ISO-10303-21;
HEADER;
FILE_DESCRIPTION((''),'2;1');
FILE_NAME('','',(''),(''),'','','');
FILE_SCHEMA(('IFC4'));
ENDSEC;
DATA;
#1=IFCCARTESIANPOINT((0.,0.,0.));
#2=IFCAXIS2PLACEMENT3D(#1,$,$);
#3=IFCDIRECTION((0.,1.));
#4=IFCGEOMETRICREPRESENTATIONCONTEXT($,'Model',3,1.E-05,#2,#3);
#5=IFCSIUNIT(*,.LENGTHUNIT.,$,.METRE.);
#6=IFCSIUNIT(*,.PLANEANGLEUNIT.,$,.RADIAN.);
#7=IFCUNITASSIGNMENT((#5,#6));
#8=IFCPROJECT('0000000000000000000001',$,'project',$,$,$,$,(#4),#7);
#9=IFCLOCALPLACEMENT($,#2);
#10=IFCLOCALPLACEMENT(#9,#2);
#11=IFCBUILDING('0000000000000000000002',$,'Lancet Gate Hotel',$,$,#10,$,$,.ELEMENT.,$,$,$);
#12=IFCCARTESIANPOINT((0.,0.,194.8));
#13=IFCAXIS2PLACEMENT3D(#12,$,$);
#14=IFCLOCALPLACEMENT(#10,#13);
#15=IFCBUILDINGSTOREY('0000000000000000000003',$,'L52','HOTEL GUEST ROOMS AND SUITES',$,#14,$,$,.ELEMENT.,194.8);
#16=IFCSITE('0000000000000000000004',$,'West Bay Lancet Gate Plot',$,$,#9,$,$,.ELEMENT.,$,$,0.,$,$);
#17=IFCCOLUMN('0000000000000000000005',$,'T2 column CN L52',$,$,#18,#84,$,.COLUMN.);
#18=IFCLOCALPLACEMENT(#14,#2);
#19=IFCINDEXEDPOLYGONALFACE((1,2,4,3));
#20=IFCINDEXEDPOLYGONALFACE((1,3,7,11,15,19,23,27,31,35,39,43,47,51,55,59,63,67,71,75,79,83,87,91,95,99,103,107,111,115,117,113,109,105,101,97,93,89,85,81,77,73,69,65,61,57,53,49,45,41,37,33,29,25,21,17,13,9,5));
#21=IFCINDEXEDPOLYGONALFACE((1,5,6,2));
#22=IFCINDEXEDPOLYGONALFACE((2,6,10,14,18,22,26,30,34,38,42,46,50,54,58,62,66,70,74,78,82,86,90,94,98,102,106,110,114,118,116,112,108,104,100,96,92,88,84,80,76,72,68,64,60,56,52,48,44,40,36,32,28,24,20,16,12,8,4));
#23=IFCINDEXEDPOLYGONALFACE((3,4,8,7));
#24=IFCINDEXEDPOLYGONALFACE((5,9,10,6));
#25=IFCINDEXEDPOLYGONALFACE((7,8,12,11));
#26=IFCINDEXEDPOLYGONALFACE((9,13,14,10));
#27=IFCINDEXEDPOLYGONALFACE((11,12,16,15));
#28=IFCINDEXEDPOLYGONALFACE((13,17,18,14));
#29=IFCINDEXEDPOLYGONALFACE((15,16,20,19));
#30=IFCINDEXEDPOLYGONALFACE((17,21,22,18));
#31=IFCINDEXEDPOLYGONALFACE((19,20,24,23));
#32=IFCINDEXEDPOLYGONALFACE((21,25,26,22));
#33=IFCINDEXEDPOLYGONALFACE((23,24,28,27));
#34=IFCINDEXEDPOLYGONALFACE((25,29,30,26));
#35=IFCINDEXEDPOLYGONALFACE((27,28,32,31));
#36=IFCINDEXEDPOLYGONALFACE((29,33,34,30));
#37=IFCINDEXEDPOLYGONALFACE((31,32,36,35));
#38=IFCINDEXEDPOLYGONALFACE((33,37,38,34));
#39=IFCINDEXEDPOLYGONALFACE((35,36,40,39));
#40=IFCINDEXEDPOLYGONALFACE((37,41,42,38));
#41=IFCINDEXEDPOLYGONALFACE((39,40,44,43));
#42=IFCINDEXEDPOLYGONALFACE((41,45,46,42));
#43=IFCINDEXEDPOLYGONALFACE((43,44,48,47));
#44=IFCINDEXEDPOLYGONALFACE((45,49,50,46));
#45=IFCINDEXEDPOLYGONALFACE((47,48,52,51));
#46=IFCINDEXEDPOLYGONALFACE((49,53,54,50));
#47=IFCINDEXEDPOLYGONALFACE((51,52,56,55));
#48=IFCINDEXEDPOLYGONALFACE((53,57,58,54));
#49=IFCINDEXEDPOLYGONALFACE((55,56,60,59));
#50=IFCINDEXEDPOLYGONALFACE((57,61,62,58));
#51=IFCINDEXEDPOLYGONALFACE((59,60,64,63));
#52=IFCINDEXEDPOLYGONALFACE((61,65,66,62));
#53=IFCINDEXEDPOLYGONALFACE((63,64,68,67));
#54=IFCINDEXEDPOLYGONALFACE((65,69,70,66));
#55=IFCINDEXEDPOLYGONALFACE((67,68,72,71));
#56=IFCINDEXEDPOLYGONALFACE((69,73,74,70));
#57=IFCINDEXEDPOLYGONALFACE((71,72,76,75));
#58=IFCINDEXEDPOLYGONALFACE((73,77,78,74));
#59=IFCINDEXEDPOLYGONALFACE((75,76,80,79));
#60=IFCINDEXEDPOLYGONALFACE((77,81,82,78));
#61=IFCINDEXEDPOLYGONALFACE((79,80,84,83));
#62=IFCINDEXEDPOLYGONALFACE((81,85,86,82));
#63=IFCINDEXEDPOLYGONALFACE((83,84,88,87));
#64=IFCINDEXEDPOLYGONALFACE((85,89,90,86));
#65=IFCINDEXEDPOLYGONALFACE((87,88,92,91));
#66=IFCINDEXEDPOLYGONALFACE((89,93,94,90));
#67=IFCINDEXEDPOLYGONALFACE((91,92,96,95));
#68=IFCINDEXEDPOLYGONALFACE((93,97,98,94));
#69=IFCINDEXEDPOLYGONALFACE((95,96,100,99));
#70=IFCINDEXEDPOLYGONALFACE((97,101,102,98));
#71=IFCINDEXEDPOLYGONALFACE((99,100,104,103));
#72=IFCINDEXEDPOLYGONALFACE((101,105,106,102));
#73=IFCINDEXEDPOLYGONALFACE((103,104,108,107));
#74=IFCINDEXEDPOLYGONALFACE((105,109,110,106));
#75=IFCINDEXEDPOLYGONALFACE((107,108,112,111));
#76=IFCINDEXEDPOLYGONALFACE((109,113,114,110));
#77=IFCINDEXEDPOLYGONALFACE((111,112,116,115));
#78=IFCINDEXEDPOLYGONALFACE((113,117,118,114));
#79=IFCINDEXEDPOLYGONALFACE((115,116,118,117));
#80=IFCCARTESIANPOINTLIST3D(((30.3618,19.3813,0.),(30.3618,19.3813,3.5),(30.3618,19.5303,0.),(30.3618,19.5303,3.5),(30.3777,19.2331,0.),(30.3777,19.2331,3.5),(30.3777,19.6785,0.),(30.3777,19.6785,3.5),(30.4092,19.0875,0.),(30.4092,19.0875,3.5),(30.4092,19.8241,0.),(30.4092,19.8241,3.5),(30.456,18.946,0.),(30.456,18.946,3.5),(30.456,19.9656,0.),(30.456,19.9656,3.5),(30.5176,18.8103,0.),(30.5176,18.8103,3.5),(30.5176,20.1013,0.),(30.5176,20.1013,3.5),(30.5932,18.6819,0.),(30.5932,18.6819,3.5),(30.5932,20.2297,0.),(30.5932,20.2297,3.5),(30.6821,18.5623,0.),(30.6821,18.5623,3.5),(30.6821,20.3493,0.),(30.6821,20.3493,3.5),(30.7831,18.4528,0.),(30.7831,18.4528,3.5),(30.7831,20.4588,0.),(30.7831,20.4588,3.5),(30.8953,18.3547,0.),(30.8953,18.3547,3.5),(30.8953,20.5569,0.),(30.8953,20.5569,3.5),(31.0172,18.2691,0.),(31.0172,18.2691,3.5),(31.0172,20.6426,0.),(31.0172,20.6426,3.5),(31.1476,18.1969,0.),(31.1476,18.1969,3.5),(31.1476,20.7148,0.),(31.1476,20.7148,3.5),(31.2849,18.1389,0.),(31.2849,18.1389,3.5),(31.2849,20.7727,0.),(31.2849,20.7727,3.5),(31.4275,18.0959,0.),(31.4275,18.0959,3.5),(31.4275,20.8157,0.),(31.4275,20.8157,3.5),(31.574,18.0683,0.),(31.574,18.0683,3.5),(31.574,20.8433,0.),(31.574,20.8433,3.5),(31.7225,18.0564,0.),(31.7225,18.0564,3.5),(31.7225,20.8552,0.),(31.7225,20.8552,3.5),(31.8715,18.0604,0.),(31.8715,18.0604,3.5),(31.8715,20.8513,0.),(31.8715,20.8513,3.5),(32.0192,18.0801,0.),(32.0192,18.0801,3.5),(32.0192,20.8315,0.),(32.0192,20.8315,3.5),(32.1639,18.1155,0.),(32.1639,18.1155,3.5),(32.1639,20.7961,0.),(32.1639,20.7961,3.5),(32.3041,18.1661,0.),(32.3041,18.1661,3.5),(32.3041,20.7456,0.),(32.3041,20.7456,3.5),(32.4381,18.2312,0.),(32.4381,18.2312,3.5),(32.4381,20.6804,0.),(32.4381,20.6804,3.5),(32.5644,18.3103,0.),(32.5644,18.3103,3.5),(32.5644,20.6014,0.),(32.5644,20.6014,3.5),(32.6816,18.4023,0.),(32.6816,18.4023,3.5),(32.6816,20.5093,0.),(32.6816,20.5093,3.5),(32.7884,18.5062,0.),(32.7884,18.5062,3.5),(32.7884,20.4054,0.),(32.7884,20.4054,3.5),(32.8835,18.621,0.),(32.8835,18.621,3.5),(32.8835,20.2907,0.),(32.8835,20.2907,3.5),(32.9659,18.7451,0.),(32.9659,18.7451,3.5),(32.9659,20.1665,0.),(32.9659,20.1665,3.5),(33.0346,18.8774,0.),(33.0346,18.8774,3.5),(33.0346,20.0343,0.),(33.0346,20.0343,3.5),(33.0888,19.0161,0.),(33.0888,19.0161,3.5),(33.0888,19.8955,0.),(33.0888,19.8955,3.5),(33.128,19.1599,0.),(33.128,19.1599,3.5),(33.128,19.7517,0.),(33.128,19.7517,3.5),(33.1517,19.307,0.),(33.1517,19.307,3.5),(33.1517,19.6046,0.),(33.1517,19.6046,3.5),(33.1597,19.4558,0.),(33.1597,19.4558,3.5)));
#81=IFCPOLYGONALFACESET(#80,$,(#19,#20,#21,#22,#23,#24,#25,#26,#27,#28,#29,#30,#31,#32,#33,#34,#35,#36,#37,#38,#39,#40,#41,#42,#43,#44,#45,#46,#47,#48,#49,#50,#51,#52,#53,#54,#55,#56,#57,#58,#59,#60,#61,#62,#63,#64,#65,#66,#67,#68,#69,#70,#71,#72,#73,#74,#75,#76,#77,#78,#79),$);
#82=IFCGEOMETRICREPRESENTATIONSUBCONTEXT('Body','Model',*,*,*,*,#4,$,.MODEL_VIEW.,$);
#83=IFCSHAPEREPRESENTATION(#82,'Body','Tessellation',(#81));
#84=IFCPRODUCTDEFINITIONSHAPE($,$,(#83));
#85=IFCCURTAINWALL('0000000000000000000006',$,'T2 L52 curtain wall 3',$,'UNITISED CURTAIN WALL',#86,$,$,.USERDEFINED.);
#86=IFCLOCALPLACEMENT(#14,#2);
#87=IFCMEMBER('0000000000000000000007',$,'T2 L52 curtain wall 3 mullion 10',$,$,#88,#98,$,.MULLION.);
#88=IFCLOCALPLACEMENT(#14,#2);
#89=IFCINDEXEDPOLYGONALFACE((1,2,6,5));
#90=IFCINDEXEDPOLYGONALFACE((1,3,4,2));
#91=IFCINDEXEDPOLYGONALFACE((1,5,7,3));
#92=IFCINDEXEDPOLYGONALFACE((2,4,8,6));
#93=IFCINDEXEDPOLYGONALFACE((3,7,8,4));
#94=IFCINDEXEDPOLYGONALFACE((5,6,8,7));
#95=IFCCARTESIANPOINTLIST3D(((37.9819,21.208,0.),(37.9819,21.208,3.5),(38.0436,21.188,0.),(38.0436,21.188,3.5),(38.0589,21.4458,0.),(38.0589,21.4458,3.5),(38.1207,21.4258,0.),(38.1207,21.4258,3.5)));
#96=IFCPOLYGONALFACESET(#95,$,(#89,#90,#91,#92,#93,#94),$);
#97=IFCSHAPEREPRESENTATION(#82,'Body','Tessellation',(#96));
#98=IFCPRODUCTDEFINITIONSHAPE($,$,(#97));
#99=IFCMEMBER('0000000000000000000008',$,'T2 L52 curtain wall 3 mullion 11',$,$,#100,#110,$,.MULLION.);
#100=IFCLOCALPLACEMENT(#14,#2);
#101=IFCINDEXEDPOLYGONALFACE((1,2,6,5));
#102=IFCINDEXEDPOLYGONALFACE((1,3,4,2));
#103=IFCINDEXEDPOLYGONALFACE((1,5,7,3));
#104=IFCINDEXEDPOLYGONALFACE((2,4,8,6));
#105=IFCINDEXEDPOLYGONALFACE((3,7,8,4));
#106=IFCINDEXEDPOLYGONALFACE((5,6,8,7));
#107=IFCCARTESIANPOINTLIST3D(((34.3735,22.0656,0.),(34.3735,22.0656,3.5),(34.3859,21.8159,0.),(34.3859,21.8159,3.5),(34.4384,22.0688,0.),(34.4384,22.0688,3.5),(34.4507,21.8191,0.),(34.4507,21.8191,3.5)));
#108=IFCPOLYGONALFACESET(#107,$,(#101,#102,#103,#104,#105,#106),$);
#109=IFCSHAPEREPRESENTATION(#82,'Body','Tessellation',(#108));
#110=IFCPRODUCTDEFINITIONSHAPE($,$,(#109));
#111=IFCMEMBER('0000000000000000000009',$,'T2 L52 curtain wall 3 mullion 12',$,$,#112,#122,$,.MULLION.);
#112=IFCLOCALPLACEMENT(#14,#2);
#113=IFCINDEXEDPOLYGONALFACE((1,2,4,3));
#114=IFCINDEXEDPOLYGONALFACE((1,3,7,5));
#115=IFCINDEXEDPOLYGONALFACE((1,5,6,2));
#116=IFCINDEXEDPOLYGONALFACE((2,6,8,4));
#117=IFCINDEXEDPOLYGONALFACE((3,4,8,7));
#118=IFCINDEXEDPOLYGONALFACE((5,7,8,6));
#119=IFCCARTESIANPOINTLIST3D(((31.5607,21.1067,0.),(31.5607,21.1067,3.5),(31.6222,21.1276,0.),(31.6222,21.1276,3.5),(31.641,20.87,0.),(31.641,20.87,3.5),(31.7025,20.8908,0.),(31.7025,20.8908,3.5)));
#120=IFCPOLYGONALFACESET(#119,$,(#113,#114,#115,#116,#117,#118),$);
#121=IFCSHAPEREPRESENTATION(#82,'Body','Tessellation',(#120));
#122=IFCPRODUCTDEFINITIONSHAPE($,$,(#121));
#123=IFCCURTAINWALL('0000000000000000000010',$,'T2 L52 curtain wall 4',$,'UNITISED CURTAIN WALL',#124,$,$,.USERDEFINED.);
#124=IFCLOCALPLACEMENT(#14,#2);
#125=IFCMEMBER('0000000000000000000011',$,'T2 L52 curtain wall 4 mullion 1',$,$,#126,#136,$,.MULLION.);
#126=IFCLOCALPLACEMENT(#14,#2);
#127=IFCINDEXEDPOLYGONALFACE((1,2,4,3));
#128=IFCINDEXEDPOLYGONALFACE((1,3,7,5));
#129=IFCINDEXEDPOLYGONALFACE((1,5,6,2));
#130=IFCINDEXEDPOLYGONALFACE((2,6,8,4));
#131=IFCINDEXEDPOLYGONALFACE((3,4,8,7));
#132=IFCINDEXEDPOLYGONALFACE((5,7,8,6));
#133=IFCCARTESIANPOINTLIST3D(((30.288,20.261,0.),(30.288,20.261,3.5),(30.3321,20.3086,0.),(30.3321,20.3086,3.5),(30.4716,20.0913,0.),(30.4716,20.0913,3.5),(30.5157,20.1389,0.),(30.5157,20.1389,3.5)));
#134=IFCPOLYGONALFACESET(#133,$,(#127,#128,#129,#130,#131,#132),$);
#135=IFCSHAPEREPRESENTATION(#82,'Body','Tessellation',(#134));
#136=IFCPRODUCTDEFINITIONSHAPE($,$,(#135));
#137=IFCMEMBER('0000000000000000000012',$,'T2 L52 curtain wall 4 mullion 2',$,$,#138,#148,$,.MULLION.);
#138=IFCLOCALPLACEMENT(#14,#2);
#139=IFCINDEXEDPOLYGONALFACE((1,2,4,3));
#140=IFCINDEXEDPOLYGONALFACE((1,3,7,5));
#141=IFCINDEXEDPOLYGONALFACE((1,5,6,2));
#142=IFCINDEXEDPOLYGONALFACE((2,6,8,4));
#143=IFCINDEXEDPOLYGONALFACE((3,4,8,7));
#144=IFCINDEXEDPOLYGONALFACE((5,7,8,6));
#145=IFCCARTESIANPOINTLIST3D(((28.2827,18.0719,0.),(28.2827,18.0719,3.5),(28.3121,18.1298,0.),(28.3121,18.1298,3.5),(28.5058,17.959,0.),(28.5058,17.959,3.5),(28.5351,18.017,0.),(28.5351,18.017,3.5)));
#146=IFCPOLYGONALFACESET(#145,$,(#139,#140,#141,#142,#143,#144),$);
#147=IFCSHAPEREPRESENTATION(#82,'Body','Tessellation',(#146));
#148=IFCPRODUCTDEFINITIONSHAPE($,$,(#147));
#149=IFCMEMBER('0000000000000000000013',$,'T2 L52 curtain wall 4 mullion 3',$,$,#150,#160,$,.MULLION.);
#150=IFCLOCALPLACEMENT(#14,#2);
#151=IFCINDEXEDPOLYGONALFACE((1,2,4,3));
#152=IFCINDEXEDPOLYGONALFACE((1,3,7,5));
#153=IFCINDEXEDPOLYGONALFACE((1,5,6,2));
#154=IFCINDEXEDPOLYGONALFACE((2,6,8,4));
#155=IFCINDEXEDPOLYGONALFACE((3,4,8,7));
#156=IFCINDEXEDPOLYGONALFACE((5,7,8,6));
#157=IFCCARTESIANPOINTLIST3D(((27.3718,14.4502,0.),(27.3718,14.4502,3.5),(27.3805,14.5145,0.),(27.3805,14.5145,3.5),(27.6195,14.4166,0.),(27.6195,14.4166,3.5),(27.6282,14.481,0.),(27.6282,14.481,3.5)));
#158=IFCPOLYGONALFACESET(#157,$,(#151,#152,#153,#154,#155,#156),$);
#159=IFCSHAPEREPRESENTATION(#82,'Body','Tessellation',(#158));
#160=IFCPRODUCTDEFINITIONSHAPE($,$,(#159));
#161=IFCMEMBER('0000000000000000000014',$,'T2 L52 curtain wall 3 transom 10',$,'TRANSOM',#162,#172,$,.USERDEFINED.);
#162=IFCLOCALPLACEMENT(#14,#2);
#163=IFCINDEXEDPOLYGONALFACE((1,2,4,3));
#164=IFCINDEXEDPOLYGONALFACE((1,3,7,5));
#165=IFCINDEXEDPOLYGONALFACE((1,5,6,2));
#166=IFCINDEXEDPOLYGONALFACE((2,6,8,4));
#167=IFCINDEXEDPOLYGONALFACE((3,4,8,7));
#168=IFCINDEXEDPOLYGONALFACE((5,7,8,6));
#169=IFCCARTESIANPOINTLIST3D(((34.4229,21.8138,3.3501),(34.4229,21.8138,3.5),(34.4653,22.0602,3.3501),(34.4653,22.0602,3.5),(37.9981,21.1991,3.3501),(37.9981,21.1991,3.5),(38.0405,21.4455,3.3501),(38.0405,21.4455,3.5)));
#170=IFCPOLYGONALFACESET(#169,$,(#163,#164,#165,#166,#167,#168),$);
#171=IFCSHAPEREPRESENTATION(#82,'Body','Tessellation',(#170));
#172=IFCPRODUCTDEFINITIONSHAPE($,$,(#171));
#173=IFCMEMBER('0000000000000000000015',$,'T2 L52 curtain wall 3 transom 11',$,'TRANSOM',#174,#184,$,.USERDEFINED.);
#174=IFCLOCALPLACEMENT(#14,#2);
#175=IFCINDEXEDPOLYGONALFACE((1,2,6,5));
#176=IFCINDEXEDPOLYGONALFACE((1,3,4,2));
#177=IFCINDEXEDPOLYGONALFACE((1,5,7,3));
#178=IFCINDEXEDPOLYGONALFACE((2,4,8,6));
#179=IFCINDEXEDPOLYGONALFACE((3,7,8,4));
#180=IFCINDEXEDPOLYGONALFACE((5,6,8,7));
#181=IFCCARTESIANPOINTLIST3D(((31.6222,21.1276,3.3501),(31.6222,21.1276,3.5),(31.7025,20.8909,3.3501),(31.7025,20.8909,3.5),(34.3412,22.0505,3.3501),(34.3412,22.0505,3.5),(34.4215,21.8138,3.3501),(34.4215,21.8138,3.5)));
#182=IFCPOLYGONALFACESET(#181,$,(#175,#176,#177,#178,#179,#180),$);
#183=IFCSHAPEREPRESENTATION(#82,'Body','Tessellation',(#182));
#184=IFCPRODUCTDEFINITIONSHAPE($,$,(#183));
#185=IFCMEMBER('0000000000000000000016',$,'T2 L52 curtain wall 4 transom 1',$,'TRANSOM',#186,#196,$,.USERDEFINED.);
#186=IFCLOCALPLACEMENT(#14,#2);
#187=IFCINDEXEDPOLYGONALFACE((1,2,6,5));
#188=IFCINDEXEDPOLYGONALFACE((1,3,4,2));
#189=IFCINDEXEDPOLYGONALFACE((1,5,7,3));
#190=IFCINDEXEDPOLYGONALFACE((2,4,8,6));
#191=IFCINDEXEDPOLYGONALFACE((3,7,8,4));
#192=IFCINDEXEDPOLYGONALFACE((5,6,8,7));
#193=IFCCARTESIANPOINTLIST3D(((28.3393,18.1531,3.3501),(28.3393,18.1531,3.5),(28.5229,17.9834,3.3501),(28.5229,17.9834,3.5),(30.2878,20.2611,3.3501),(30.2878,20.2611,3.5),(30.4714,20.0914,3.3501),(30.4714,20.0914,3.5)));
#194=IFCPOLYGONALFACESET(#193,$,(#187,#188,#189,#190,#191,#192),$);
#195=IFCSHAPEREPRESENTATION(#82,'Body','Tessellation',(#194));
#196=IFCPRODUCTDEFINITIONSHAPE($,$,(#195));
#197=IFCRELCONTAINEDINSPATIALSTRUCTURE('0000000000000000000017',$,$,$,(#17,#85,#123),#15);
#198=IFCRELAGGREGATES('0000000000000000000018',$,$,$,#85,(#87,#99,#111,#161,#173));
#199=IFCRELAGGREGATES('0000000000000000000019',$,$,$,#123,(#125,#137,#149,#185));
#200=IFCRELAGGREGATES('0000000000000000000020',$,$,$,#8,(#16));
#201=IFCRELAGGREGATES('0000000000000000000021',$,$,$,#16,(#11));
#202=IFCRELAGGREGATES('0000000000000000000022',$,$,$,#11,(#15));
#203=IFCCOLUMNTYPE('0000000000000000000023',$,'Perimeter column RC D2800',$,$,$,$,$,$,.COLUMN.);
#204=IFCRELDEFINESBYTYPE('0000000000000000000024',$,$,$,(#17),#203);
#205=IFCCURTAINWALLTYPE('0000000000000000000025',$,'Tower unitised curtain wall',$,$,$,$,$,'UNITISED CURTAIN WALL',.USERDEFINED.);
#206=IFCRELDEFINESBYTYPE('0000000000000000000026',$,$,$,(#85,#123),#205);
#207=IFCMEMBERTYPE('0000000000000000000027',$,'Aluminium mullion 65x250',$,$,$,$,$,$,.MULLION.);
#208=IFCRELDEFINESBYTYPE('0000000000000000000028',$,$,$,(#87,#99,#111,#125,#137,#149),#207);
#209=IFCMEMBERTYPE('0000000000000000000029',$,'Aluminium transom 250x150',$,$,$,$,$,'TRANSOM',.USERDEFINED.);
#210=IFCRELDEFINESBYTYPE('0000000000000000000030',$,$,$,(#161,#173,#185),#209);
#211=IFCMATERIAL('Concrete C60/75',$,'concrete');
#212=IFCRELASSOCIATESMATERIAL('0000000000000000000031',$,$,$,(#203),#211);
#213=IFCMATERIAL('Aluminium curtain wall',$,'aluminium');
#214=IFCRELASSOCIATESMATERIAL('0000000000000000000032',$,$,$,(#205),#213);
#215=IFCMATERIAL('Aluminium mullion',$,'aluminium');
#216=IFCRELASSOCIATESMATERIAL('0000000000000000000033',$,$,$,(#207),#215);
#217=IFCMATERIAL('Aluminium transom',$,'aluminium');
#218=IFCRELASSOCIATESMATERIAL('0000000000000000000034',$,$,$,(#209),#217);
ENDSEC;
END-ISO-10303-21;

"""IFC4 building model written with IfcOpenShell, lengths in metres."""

from ifc_helpers import new_model, si_unit, direction, frame, origin, origin_2d, place, context, subcontext, project, spatial, rectangle, circle, extrude, material, material_profile, profile_set, type_object, element, aggregate, save


model = new_model("IFC4")

# Units and contexts
model_context = context("Model", 3, precision=1e-05, world=origin(), true_north=direction((0.0, 1.0)))
body_context = subcontext(model_context, "Body", "Model", "MODEL_VIEW")
ifc_project = project(units=[si_unit("LENGTHUNIT", "METRE"), si_unit("PLANEANGLEUNIT", "RADIAN")], contexts=[model_context])

# Site, building, storey
site_placement = place(None, origin())
site = spatial("IfcSite", under=ifc_project, at=site_placement, Name="West Bay Lancet Gate Plot", CompositionType="ELEMENT", RefElevation=0.0)
building_placement = place(site_placement, origin())
building = spatial("IfcBuilding", under=site, at=building_placement, Name="Lancet Gate Hotel", CompositionType="ELEMENT")
storey_placement = place(building_placement, frame((0.0, 0.0, 194.8)))
storey = spatial("IfcBuildingStorey", under=building, at=storey_placement, Name="L52", Description="HOTEL GUEST ROOMS AND SUITES", CompositionType="ELEMENT", Elevation=194.8)

# Column
ifc_material_1 = material(Name="Concrete C60/75", Category="concrete")
ifc_material_profile_1 = material_profile(ifc_material_1, circle(Radius=1.3999, at=origin_2d()), Name="RC D2800")
ifc_profile_set_1 = profile_set([ifc_material_profile_1], Name="Concrete C60/75")
column_type = type_object("IfcColumnType", Name="Perimeter column RC D2800", PredefinedType="COLUMN", material=ifc_profile_set_1)
column_placement = place(storey_placement, frame((31.7598, 19.4558, 0.0), z_axis=(0.0, 0.0, 1.0), x_axis=(1.0, 0.0, 0.0)))
element("IfcColumn", 1, at=column_placement, inside=storey, type_object=column_type, Name="T2 column CN L52", PredefinedType="COLUMN", context=body_context, shape_type="SweptSolid", body=[
    extrude(circle(Radius=1.3999, at=origin_2d()), origin(), (0.0, 0.0, 1.0), 3.5),
])

# Curtain walls, members
ifc_material_2 = material(Name="Aluminium curtain wall", Category="aluminium")
curtain_wall_type = type_object("IfcCurtainWallType", Name="Tower unitised curtain wall", ElementType="UNITISED CURTAIN WALL", PredefinedType="USERDEFINED", material=ifc_material_2)
curtain_wall_1_placement = place(storey_placement, origin())
curtain_wall_1 = element("IfcCurtainWall", 2, at=curtain_wall_1_placement, inside=storey, type_object=curtain_wall_type, Name="T2 L52 curtain wall 3", ObjectType="UNITISED CURTAIN WALL", PredefinedType="USERDEFINED")
ifc_material_3 = material(Name="Aluminium mullion", Category="aluminium")
ifc_material_profile_2 = material_profile(ifc_material_3, rectangle(XDim=0.0649, YDim=0.25, at=origin_2d()), Name="MULLION 65x250")
ifc_profile_set_2 = profile_set([ifc_material_profile_2], Name="Aluminium mullion")
member_type_1 = type_object("IfcMemberType", Name="Aluminium mullion 65x250", PredefinedType="MULLION", material=ifc_profile_set_2)
member_1_placement = place(storey_placement, frame((38.0513, 21.3169, 0.0), z_axis=(0.0, 0.0, 1.0), x_axis=(-0.951355, 0.308095, 0.0)))
member_1 = element("IfcMember", 3, at=member_1_placement, type_object=member_type_1, Name="T2 L52 curtain wall 3 mullion 10", PredefinedType="MULLION", context=body_context, shape_type="SweptSolid", body=[
    extrude(rectangle(XDim=0.0649, YDim=0.25, at=origin_2d()), origin(), (0.0, 0.0, 1.0), 3.5),
])
member_2_placement = place(storey_placement, frame((34.4121, 21.9424, 0.0), z_axis=(0.0, 0.0, 1.0), x_axis=(-0.998776, -0.049471, 0.0)))
member_2 = element("IfcMember", 4, at=member_2_placement, type_object=member_type_1, Name="T2 L52 curtain wall 3 mullion 11", PredefinedType="MULLION", context=body_context, shape_type="SweptSolid", body=[
    extrude(rectangle(XDim=0.0649, YDim=0.25, at=origin_2d()), origin(), (0.0, 0.0, 1.0), 3.5),
])
member_3_placement = place(storey_placement, frame((31.6316, 20.9988, 0.0), z_axis=(0.0, 0.0, 1.0), x_axis=(-0.946952, -0.321374, 0.0)))
member_3 = element("IfcMember", 5, at=member_3_placement, type_object=member_type_1, Name="T2 L52 curtain wall 3 mullion 12", PredefinedType="MULLION", context=body_context, shape_type="SweptSolid", body=[
    extrude(rectangle(XDim=0.0649, YDim=0.25, at=origin_2d()), origin(), (0.0, 0.0, 1.0), 3.5),
])
curtain_wall_2_placement = place(storey_placement, origin())
curtain_wall_2 = element("IfcCurtainWall", 6, at=curtain_wall_2_placement, inside=storey, type_object=curtain_wall_type, Name="T2 L52 curtain wall 4", ObjectType="UNITISED CURTAIN WALL", PredefinedType="USERDEFINED")
member_4_placement = place(storey_placement, frame((30.4019, 20.2, 0.0), z_axis=(0.0, 0.0, 1.0), x_axis=(-0.678831, -0.734294, 0.0)))
member_4 = element("IfcMember", 7, at=member_4_placement, type_object=member_type_1, Name="T2 L52 curtain wall 4 mullion 1", PredefinedType="MULLION", context=body_context, shape_type="SweptSolid", body=[
    extrude(rectangle(XDim=0.0649, YDim=0.25, at=origin_2d()), origin(), (0.0, 0.0, 1.0), 3.5),
])
member_5_placement = place(storey_placement, frame((28.4089, 18.0444, 0.0), z_axis=(0.0, 0.0, 1.0), x_axis=(-0.451506, -0.892268, 0.0)))
member_5 = element("IfcMember", 8, at=member_5_placement, type_object=member_type_1, Name="T2 L52 curtain wall 4 mullion 2", PredefinedType="MULLION", context=body_context, shape_type="SweptSolid", body=[
    extrude(rectangle(XDim=0.0649, YDim=0.25, at=origin_2d()), origin(), (0.0, 0.0, 1.0), 3.5),
])
member_6_placement = place(storey_placement, frame((27.5, 14.4656, 0.0), z_axis=(0.0, 0.0, 1.0), x_axis=(-0.134207, -0.990953, 0.0)))
member_6 = element("IfcMember", 9, at=member_6_placement, type_object=member_type_1, Name="T2 L52 curtain wall 4 mullion 3", PredefinedType="MULLION", context=body_context, shape_type="SweptSolid", body=[
    extrude(rectangle(XDim=0.0649, YDim=0.25, at=origin_2d()), origin(), (0.0, 0.0, 1.0), 3.5),
])

# Members
ifc_material_4 = material(Name="Aluminium transom", Category="aluminium")
ifc_material_profile_3 = material_profile(ifc_material_4, rectangle(XDim=0.25, YDim=0.1499, at=origin_2d()), Name="TRANSOM 250x150")
ifc_profile_set_3 = profile_set([ifc_material_profile_3], Name="Aluminium transom")
member_type_2 = type_object("IfcMemberType", Name="Aluminium transom 250x150", ElementType="TRANSOM", PredefinedType="USERDEFINED", material=ifc_profile_set_3)
member_7_placement = place(storey_placement, frame((38.0193, 21.3223, 3.425), z_axis=(-0.985537, 0.169461, 0.0), x_axis=(-0.169461, -0.985537, 0.0)))
member_7 = element("IfcMember", 10, at=member_7_placement, type_object=member_type_2, Name="T2 L52 curtain wall 3 transom 10", ObjectType="TRANSOM", PredefinedType="USERDEFINED", context=body_context, shape_type="SweptSolid", body=[
    extrude(rectangle(XDim=0.25, YDim=0.1499, at=origin_2d()), origin(), (0.0, 0.0, 1.0), 3.6277),
])
member_8_placement = place(storey_placement, frame((34.3813, 21.9321, 3.425), z_axis=(-0.946943, -0.321401, 0.0), x_axis=(0.321401, -0.946943, 0.0)))
member_8 = element("IfcMember", 11, at=member_8_placement, type_object=member_type_2, Name="T2 L52 curtain wall 3 transom 11", ObjectType="TRANSOM", PredefinedType="USERDEFINED", context=body_context, shape_type="SweptSolid", body=[
    extrude(rectangle(XDim=0.25, YDim=0.1499, at=origin_2d()), origin(), (0.0, 0.0, 1.0), 2.8713),
])
member_9_placement = place(storey_placement, frame((30.3796, 20.1763, 3.425), z_axis=(-0.678792, -0.73433, 0.0), x_axis=(0.73433, -0.678792, 0.0)))
member_9 = element("IfcMember", 12, at=member_9_placement, type_object=member_type_2, Name="T2 L52 curtain wall 4 transom 1", ObjectType="TRANSOM", PredefinedType="USERDEFINED", context=body_context, shape_type="SweptSolid", body=[
    extrude(rectangle(XDim=0.25, YDim=0.1499, at=origin_2d()), origin(), (0.0, 0.0, 1.0), 2.8706),
])

aggregate(curtain_wall_1, [member_1, member_2, member_3, member_7, member_8])
aggregate(curtain_wall_2, [member_4, member_5, member_6, member_9])

save(model, "model.ifc")
